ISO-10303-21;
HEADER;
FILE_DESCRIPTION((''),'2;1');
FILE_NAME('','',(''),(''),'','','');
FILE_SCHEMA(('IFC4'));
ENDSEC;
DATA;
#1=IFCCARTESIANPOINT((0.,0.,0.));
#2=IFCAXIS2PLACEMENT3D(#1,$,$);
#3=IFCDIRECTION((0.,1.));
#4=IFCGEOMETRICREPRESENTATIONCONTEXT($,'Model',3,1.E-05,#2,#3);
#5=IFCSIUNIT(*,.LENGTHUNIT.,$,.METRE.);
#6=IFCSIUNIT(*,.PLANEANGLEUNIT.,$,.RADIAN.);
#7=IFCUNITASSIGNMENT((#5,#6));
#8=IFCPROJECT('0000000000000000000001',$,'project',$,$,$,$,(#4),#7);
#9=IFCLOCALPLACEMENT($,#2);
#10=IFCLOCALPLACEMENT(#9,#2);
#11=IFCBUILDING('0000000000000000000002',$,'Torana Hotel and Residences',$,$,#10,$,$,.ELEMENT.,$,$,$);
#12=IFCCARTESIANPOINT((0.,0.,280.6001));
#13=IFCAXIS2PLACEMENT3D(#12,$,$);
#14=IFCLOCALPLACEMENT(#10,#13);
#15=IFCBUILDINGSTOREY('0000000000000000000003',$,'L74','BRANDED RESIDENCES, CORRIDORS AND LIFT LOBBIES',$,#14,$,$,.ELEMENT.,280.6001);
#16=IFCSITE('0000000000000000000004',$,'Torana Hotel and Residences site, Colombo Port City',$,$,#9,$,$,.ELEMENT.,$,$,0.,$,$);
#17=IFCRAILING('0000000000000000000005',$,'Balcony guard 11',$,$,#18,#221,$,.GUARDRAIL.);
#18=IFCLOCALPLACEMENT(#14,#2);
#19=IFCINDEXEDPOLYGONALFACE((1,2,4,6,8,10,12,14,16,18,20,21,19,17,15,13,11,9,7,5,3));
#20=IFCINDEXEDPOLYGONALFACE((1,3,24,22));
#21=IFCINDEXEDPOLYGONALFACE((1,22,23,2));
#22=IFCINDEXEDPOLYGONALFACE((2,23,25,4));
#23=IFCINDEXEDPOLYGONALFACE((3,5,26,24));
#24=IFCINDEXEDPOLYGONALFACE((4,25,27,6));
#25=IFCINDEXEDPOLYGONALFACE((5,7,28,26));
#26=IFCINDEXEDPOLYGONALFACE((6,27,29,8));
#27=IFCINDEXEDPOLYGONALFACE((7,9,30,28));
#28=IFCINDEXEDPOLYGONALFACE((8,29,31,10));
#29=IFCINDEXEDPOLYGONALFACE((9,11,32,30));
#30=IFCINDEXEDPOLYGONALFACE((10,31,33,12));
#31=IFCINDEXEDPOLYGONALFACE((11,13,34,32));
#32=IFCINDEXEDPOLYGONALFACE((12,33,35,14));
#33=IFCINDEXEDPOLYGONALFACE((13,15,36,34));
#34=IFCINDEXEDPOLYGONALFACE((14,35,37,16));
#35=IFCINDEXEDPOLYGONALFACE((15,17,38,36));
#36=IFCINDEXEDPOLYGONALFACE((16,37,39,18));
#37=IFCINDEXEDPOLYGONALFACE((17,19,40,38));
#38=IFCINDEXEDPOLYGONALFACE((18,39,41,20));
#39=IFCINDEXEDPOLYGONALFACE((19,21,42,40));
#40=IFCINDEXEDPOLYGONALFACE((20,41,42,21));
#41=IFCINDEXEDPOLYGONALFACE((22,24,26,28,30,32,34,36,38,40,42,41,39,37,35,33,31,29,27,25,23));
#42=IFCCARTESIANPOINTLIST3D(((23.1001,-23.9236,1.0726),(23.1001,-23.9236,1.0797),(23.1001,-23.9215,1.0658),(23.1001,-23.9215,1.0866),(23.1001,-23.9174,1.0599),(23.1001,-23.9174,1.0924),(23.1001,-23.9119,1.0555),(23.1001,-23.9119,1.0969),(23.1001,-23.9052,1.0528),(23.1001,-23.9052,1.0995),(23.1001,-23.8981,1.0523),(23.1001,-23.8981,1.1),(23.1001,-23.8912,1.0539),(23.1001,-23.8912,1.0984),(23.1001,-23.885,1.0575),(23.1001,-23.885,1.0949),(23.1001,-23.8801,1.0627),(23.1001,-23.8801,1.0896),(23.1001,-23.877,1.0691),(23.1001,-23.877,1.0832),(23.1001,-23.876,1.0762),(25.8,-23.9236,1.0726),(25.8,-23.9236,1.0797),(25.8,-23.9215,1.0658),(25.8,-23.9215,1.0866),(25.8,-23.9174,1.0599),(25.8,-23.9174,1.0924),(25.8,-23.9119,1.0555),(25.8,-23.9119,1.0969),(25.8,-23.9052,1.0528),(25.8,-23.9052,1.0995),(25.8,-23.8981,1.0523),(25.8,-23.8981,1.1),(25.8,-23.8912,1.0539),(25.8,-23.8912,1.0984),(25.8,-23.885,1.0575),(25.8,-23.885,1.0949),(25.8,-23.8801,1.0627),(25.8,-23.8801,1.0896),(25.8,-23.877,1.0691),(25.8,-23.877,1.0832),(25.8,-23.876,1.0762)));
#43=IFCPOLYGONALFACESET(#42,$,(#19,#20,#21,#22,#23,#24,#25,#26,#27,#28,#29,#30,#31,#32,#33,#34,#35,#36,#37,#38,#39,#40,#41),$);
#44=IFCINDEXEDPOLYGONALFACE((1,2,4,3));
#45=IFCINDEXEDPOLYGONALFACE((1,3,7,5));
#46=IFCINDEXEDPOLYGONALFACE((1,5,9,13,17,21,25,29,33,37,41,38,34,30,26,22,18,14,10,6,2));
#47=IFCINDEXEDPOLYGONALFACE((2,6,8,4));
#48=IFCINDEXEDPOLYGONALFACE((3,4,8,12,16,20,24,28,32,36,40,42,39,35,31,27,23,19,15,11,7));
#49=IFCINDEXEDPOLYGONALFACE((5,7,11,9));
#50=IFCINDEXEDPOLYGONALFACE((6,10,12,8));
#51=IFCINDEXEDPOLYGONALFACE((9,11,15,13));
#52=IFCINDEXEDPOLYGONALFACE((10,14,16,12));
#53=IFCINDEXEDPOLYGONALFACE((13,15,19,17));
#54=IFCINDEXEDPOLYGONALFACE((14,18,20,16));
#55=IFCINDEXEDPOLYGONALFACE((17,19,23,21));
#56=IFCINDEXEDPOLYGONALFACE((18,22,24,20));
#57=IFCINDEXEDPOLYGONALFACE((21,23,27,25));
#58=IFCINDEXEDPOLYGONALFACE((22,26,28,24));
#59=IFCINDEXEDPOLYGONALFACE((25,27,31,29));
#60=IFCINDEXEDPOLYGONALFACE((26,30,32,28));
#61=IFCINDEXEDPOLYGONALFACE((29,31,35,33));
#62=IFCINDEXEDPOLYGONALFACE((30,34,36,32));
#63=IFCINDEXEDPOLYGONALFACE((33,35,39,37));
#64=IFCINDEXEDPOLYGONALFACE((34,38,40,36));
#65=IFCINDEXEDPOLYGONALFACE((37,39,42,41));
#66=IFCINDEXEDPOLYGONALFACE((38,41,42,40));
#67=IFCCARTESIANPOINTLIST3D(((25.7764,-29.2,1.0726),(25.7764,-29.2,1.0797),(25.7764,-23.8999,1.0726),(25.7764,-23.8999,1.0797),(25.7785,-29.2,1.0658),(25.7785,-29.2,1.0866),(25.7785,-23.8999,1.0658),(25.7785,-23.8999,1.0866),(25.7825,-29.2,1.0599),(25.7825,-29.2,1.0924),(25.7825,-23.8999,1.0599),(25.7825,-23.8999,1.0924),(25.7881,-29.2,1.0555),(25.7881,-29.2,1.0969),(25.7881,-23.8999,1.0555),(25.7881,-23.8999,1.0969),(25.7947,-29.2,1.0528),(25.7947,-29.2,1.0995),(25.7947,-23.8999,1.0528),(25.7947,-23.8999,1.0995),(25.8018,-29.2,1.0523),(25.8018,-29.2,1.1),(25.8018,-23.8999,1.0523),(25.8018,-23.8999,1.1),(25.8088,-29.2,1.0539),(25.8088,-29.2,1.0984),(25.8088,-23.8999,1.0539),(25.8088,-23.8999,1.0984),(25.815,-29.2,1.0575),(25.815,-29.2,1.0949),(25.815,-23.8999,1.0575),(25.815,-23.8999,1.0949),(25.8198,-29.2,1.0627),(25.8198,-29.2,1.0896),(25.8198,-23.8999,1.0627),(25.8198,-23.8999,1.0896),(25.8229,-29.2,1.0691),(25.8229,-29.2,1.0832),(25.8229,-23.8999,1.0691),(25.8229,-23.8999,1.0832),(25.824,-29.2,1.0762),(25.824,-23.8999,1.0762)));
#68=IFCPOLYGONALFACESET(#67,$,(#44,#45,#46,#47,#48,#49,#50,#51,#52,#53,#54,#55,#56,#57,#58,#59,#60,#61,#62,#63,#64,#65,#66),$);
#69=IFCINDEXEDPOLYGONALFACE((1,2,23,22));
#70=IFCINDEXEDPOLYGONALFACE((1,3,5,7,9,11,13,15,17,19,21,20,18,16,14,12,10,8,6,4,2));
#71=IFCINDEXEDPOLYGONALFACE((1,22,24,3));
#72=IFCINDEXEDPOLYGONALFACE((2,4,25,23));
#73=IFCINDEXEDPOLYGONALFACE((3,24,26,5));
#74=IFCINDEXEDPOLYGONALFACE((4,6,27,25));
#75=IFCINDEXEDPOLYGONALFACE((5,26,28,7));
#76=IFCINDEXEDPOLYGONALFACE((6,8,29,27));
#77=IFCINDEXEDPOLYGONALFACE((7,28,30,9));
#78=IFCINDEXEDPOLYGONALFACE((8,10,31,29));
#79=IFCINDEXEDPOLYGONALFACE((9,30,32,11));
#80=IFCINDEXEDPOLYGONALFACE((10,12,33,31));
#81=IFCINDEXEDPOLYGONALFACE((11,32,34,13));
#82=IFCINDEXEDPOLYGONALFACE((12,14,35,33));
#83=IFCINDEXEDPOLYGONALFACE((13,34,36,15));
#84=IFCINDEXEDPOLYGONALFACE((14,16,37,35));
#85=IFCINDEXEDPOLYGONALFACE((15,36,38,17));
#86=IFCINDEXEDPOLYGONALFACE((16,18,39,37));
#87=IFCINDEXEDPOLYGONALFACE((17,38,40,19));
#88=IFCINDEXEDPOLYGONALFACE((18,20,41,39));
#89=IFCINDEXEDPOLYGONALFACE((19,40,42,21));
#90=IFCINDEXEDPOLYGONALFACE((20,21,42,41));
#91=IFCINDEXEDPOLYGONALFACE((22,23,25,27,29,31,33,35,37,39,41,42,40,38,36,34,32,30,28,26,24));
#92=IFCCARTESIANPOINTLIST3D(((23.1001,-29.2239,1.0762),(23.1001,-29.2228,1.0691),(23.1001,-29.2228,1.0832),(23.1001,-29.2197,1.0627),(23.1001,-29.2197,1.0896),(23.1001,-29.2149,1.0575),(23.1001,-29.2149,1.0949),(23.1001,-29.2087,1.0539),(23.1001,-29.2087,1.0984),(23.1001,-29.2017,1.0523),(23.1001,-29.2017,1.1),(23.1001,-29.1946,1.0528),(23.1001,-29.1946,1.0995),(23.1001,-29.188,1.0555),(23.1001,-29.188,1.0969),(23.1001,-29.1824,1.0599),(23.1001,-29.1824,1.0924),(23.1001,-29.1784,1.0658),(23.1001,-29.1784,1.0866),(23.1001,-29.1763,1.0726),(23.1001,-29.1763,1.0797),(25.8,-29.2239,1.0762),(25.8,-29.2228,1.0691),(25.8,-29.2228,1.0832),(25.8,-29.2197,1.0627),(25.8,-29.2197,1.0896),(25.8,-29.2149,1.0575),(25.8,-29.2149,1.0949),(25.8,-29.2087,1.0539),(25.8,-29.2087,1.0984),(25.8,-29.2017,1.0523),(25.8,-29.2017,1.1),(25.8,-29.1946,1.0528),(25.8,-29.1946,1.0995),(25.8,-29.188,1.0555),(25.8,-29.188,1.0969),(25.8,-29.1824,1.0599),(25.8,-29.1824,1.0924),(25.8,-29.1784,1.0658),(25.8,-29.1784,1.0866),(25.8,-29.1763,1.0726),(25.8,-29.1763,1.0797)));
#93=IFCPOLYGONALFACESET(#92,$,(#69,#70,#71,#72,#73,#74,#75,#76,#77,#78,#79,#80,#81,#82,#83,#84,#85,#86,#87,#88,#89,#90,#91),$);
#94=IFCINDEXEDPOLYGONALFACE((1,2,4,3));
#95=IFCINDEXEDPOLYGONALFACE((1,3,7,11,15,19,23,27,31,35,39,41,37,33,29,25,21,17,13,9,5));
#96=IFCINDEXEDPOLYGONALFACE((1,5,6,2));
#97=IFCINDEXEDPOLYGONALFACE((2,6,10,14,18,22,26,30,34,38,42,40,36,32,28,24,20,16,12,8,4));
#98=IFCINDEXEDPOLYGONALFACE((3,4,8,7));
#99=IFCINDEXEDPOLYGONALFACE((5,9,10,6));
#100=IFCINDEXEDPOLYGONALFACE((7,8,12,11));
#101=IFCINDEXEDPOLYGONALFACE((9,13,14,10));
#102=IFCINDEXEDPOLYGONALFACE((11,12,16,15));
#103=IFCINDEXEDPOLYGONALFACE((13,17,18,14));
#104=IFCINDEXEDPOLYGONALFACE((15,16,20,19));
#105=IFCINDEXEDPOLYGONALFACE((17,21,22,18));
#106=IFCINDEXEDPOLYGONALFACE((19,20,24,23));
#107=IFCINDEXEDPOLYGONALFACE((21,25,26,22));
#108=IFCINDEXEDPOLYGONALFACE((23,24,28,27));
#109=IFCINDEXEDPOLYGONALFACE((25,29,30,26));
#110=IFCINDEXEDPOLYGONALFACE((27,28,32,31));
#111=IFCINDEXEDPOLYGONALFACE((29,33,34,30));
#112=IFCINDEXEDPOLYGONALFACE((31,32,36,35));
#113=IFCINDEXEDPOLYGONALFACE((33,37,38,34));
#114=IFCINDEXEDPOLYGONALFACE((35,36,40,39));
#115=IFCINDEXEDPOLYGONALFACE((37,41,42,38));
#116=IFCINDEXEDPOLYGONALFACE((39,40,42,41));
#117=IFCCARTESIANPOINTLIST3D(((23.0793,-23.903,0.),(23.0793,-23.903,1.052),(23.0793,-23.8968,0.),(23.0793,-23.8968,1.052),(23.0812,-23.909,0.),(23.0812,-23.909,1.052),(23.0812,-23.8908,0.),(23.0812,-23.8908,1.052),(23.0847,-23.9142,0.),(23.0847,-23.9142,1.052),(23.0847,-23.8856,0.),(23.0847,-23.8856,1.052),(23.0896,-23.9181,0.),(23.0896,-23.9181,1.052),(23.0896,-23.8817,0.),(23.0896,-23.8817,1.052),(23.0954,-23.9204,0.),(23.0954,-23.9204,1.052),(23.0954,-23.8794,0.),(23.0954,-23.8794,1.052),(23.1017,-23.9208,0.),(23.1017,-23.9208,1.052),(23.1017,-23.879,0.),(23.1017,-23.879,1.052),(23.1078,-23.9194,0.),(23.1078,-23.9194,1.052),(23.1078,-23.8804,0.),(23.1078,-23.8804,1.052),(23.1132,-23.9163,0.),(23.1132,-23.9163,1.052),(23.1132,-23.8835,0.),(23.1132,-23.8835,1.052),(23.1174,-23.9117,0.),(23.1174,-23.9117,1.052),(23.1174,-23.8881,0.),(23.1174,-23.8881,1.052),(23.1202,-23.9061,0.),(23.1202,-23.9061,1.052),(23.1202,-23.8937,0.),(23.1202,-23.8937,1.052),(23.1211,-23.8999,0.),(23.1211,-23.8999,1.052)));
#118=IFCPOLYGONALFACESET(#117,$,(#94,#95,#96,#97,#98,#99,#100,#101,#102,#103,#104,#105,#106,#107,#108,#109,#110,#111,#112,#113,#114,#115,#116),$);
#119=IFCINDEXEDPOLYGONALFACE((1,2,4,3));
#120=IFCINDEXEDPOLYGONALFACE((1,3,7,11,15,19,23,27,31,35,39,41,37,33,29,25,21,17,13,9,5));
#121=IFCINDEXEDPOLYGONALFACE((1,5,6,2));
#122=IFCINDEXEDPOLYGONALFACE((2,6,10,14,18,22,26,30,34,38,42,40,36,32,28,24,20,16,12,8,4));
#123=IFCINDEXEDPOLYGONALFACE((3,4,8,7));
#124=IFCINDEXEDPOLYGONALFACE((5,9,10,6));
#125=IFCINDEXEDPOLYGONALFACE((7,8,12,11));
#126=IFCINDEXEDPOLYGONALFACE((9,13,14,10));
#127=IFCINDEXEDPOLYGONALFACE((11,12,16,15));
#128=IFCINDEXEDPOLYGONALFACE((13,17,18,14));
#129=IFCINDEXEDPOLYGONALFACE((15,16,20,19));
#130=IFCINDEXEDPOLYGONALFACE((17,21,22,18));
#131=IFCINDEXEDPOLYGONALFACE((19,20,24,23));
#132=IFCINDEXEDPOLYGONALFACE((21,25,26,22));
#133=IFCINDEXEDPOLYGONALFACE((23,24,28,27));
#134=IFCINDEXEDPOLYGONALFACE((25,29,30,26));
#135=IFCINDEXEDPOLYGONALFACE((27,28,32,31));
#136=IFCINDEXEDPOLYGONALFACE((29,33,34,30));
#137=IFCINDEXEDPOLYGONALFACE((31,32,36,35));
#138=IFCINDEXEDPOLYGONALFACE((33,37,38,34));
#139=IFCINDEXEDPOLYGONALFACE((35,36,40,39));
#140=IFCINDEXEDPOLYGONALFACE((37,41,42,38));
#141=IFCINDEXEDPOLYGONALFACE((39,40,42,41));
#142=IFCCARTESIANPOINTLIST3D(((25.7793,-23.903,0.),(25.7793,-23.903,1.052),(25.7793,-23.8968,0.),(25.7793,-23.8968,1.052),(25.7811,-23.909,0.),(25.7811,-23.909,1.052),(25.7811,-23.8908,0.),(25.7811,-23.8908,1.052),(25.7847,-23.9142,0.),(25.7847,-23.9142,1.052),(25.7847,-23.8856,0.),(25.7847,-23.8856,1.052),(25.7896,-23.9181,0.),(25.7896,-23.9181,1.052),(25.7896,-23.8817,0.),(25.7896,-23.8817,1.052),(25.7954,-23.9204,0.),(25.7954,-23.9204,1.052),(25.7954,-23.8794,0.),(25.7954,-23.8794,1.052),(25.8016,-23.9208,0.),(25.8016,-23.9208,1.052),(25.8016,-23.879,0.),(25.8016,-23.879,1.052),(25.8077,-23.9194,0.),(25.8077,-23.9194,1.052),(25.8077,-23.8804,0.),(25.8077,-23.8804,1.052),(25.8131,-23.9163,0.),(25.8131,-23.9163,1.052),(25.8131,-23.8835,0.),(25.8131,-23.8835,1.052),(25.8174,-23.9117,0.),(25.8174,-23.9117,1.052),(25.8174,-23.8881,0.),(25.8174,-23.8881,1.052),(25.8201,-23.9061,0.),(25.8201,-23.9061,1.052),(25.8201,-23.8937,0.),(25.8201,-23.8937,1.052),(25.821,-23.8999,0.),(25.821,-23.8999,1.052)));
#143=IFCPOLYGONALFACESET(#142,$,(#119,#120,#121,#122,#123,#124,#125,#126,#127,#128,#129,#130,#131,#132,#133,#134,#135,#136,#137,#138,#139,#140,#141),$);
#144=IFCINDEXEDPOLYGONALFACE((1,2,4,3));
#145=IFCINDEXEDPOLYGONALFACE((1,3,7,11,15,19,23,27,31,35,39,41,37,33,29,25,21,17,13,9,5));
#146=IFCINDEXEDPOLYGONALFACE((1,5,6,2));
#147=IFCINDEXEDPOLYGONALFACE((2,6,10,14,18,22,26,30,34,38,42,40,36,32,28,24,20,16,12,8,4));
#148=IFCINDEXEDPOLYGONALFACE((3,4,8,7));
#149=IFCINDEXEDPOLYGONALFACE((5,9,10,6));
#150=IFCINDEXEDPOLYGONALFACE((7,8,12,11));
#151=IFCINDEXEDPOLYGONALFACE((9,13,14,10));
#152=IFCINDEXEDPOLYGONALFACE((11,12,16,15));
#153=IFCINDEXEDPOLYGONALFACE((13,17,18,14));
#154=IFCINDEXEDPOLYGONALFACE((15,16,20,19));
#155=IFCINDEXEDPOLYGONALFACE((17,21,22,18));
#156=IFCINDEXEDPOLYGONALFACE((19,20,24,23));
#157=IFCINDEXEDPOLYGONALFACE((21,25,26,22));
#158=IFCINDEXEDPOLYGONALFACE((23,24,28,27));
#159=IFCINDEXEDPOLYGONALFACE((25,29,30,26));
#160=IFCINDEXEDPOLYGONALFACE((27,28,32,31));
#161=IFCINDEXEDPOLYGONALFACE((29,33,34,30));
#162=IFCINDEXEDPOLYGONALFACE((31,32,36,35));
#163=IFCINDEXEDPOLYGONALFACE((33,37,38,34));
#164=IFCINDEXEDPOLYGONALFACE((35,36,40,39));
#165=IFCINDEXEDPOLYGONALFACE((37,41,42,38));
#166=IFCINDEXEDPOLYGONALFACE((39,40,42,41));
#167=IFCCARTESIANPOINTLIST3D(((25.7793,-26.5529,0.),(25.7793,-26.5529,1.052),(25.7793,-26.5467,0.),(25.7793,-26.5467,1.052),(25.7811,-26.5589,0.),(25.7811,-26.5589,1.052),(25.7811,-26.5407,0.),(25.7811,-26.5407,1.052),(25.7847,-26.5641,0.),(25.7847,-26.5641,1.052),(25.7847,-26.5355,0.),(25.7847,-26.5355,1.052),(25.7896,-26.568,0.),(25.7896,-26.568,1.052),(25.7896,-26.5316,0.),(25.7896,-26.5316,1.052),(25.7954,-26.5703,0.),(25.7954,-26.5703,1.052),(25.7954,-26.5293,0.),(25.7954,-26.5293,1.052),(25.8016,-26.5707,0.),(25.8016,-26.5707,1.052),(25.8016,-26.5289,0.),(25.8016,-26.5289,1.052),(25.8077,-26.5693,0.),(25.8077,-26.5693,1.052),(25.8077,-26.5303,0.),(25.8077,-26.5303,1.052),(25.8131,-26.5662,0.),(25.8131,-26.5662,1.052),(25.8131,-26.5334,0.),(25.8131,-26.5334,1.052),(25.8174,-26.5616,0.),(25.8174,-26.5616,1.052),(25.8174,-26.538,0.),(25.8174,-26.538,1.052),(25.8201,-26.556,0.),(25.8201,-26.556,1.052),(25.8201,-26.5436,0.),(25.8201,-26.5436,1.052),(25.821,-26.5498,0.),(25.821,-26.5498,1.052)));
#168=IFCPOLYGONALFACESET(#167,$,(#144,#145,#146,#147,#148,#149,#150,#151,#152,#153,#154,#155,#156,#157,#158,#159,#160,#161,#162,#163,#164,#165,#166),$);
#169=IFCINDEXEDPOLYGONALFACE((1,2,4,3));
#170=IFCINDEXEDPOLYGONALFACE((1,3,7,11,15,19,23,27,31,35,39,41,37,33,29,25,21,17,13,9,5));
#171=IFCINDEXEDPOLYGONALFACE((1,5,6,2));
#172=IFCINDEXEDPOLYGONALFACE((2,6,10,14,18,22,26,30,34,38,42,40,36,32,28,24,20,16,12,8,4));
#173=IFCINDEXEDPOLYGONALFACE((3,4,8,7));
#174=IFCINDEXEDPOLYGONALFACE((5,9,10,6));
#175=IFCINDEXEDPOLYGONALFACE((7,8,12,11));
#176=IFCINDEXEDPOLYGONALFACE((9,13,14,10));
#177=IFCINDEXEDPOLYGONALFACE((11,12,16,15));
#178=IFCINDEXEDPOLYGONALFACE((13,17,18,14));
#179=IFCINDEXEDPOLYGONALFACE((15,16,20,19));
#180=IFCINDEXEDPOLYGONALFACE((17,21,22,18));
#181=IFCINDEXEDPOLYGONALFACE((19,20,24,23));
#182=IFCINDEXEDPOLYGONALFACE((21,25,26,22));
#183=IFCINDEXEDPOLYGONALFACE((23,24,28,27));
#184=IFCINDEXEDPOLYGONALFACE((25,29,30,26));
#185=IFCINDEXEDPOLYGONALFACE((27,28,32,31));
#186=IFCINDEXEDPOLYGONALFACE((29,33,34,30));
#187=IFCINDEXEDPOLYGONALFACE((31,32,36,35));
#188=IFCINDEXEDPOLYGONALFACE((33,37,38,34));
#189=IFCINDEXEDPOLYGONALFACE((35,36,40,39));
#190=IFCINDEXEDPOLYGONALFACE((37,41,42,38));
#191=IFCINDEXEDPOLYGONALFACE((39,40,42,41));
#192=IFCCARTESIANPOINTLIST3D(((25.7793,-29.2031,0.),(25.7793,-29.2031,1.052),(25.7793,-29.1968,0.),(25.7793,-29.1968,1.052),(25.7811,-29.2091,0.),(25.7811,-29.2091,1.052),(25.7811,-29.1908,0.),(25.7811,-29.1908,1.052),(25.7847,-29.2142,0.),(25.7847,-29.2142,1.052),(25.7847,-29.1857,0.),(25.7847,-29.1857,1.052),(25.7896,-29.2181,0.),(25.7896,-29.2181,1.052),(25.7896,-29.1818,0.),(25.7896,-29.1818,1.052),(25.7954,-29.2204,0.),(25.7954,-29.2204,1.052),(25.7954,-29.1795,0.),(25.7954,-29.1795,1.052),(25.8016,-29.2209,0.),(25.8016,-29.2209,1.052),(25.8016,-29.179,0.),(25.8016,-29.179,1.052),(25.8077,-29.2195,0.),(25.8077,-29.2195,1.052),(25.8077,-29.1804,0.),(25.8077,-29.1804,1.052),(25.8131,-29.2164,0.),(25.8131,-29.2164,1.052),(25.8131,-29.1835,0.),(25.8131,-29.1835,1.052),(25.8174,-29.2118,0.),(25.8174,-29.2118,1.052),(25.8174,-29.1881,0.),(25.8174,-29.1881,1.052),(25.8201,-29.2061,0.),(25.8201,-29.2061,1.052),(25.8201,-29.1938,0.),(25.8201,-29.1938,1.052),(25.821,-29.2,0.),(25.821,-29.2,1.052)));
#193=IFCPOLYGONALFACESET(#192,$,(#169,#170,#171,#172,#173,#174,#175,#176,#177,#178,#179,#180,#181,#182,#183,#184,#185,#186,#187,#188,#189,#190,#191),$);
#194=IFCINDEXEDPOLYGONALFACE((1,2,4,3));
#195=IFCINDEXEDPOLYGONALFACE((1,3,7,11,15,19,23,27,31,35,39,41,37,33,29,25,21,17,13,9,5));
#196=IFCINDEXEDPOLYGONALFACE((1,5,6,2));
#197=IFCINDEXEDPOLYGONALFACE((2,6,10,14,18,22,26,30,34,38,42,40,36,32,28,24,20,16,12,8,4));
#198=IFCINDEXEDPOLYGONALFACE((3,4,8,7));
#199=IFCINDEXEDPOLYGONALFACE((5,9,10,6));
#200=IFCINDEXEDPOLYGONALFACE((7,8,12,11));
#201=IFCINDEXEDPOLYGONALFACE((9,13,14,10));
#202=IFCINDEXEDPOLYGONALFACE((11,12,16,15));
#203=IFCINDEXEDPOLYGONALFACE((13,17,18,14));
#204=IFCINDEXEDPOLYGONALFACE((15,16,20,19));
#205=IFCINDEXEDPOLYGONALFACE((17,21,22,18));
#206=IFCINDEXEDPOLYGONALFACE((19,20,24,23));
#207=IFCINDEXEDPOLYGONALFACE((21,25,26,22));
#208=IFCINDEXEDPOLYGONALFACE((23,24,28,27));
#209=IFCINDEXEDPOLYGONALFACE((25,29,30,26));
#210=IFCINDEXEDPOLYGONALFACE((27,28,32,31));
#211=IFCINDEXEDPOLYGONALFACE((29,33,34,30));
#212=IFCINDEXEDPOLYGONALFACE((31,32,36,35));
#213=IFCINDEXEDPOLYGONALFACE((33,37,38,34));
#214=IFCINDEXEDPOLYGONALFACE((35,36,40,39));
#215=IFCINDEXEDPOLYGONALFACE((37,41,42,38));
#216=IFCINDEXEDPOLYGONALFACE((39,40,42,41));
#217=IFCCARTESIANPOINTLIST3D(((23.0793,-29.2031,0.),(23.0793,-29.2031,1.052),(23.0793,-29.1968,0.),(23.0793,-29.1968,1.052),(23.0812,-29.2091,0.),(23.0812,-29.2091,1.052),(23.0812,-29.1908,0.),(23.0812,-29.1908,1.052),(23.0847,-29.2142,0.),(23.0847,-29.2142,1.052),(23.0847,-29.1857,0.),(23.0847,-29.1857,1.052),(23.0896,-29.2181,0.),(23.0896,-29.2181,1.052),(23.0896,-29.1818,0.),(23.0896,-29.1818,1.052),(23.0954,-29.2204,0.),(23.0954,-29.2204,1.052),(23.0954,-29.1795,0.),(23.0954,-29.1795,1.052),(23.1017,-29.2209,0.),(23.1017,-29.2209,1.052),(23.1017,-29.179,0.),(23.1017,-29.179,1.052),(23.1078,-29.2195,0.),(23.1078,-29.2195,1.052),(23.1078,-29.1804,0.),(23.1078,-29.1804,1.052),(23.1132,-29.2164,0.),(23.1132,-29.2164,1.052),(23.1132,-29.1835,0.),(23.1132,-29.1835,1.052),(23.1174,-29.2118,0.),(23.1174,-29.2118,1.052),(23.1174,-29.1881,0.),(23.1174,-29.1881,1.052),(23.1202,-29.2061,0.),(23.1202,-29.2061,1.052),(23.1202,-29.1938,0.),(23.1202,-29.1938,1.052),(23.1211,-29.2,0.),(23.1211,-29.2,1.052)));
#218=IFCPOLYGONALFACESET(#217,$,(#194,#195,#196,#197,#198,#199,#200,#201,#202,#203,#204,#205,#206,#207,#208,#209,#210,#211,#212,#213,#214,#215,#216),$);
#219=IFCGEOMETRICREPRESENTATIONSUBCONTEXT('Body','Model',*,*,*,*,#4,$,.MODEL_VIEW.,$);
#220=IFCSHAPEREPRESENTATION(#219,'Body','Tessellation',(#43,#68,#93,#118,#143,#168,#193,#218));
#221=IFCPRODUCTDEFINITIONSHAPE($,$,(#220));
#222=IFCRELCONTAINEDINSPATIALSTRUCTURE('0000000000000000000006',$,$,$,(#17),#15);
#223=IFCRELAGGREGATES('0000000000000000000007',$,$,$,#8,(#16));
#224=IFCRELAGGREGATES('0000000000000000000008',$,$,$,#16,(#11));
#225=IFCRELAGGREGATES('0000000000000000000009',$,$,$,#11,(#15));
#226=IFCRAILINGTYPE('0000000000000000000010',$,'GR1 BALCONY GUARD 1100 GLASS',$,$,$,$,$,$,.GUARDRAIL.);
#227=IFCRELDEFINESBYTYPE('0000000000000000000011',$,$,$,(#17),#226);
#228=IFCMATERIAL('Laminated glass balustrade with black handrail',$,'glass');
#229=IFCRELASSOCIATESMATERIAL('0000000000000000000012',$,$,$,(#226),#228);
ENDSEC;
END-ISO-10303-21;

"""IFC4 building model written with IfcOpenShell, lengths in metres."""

from ifc_helpers import new_model, si_unit, direction, frame, origin, origin_2d, place, context, subcontext, project, spatial, circle, extrude, material, type_object, element, save


model = new_model("IFC4")

# Units and contexts
model_context = context("Model", 3, precision=1e-05, world=origin(), true_north=direction((0.0, 1.0)))
body_context = subcontext(model_context, "Body", "Model", "MODEL_VIEW")
ifc_project = project(units=[si_unit("LENGTHUNIT", "METRE"), si_unit("PLANEANGLEUNIT", "RADIAN")], contexts=[model_context])

# Site, building, storey
site_placement = place(None, origin())
site = spatial("IfcSite", under=ifc_project, at=site_placement, Name="Torana Hotel and Residences site, Colombo Port City", CompositionType="ELEMENT", RefElevation=0.0)
building_placement = place(site_placement, origin())
building = spatial("IfcBuilding", under=site, at=building_placement, Name="Torana Hotel and Residences", CompositionType="ELEMENT")
storey_placement = place(building_placement, frame((0.0, 0.0, 280.6001)))
storey = spatial("IfcBuildingStorey", under=building, at=storey_placement, Name="L74", Description="BRANDED RESIDENCES, CORRIDORS AND LIFT LOBBIES", CompositionType="ELEMENT", Elevation=280.6001)

# Railing
ifc_material_1 = material(Name="Laminated glass balustrade with black handrail", Category="glass")
railing_type = type_object("IfcRailingType", Name="GR1 BALCONY GUARD 1100 GLASS", PredefinedType="GUARDRAIL", material=ifc_material_1)
railing_1_placement = place(storey_placement, frame((23.1001, -23.8999, 0.0)))
element("IfcRailing", 1, at=railing_1_placement, inside=storey, type_object=railing_type, Name="Balcony guard 11", PredefinedType="GUARDRAIL", context=body_context, shape_type="SweptSolid", body=[
    extrude(circle(Radius=0.0239, at=origin_2d()), frame((0.0, 0.0, 1.0762), z_axis=(1.0, 0.0, 0.0), x_axis=(0.0, 1.0, 0.0)), (0.0, 0.0, 1.0), 2.7),
    extrude(circle(Radius=0.0239, at=origin_2d()), frame((2.7, 0.0, 1.0762), z_axis=(0.0, -1.0, 0.0), x_axis=(1.0, 0.0, 0.0)), (0.0, 0.0, 1.0), 5.3),
    extrude(circle(Radius=0.0239, at=origin_2d()), frame((2.7, -5.3, 1.0762), z_axis=(-1.0, 0.0, 0.0), x_axis=(0.0, -1.0, 0.0)), (0.0, 0.0, 1.0), 2.7),
    extrude(circle(Radius=0.021, at=origin_2d()), origin(), (0.0, 0.0, 1.0), 1.052),
    extrude(circle(Radius=0.021, at=origin_2d()), frame((2.7, 0.0, 0.0)), (0.0, 0.0, 1.0), 1.052),
    extrude(circle(Radius=0.021, at=origin_2d()), frame((2.7, -2.6499, 0.0)), (0.0, 0.0, 1.0), 1.052),
    extrude(circle(Radius=0.021, at=origin_2d()), frame((2.7, -5.3, 0.0)), (0.0, 0.0, 1.0), 1.052),
    extrude(circle(Radius=0.021, at=origin_2d()), frame((0.0, -5.3, 0.0)), (0.0, 0.0, 1.0), 1.052),
])

save(model, "model.ifc")
